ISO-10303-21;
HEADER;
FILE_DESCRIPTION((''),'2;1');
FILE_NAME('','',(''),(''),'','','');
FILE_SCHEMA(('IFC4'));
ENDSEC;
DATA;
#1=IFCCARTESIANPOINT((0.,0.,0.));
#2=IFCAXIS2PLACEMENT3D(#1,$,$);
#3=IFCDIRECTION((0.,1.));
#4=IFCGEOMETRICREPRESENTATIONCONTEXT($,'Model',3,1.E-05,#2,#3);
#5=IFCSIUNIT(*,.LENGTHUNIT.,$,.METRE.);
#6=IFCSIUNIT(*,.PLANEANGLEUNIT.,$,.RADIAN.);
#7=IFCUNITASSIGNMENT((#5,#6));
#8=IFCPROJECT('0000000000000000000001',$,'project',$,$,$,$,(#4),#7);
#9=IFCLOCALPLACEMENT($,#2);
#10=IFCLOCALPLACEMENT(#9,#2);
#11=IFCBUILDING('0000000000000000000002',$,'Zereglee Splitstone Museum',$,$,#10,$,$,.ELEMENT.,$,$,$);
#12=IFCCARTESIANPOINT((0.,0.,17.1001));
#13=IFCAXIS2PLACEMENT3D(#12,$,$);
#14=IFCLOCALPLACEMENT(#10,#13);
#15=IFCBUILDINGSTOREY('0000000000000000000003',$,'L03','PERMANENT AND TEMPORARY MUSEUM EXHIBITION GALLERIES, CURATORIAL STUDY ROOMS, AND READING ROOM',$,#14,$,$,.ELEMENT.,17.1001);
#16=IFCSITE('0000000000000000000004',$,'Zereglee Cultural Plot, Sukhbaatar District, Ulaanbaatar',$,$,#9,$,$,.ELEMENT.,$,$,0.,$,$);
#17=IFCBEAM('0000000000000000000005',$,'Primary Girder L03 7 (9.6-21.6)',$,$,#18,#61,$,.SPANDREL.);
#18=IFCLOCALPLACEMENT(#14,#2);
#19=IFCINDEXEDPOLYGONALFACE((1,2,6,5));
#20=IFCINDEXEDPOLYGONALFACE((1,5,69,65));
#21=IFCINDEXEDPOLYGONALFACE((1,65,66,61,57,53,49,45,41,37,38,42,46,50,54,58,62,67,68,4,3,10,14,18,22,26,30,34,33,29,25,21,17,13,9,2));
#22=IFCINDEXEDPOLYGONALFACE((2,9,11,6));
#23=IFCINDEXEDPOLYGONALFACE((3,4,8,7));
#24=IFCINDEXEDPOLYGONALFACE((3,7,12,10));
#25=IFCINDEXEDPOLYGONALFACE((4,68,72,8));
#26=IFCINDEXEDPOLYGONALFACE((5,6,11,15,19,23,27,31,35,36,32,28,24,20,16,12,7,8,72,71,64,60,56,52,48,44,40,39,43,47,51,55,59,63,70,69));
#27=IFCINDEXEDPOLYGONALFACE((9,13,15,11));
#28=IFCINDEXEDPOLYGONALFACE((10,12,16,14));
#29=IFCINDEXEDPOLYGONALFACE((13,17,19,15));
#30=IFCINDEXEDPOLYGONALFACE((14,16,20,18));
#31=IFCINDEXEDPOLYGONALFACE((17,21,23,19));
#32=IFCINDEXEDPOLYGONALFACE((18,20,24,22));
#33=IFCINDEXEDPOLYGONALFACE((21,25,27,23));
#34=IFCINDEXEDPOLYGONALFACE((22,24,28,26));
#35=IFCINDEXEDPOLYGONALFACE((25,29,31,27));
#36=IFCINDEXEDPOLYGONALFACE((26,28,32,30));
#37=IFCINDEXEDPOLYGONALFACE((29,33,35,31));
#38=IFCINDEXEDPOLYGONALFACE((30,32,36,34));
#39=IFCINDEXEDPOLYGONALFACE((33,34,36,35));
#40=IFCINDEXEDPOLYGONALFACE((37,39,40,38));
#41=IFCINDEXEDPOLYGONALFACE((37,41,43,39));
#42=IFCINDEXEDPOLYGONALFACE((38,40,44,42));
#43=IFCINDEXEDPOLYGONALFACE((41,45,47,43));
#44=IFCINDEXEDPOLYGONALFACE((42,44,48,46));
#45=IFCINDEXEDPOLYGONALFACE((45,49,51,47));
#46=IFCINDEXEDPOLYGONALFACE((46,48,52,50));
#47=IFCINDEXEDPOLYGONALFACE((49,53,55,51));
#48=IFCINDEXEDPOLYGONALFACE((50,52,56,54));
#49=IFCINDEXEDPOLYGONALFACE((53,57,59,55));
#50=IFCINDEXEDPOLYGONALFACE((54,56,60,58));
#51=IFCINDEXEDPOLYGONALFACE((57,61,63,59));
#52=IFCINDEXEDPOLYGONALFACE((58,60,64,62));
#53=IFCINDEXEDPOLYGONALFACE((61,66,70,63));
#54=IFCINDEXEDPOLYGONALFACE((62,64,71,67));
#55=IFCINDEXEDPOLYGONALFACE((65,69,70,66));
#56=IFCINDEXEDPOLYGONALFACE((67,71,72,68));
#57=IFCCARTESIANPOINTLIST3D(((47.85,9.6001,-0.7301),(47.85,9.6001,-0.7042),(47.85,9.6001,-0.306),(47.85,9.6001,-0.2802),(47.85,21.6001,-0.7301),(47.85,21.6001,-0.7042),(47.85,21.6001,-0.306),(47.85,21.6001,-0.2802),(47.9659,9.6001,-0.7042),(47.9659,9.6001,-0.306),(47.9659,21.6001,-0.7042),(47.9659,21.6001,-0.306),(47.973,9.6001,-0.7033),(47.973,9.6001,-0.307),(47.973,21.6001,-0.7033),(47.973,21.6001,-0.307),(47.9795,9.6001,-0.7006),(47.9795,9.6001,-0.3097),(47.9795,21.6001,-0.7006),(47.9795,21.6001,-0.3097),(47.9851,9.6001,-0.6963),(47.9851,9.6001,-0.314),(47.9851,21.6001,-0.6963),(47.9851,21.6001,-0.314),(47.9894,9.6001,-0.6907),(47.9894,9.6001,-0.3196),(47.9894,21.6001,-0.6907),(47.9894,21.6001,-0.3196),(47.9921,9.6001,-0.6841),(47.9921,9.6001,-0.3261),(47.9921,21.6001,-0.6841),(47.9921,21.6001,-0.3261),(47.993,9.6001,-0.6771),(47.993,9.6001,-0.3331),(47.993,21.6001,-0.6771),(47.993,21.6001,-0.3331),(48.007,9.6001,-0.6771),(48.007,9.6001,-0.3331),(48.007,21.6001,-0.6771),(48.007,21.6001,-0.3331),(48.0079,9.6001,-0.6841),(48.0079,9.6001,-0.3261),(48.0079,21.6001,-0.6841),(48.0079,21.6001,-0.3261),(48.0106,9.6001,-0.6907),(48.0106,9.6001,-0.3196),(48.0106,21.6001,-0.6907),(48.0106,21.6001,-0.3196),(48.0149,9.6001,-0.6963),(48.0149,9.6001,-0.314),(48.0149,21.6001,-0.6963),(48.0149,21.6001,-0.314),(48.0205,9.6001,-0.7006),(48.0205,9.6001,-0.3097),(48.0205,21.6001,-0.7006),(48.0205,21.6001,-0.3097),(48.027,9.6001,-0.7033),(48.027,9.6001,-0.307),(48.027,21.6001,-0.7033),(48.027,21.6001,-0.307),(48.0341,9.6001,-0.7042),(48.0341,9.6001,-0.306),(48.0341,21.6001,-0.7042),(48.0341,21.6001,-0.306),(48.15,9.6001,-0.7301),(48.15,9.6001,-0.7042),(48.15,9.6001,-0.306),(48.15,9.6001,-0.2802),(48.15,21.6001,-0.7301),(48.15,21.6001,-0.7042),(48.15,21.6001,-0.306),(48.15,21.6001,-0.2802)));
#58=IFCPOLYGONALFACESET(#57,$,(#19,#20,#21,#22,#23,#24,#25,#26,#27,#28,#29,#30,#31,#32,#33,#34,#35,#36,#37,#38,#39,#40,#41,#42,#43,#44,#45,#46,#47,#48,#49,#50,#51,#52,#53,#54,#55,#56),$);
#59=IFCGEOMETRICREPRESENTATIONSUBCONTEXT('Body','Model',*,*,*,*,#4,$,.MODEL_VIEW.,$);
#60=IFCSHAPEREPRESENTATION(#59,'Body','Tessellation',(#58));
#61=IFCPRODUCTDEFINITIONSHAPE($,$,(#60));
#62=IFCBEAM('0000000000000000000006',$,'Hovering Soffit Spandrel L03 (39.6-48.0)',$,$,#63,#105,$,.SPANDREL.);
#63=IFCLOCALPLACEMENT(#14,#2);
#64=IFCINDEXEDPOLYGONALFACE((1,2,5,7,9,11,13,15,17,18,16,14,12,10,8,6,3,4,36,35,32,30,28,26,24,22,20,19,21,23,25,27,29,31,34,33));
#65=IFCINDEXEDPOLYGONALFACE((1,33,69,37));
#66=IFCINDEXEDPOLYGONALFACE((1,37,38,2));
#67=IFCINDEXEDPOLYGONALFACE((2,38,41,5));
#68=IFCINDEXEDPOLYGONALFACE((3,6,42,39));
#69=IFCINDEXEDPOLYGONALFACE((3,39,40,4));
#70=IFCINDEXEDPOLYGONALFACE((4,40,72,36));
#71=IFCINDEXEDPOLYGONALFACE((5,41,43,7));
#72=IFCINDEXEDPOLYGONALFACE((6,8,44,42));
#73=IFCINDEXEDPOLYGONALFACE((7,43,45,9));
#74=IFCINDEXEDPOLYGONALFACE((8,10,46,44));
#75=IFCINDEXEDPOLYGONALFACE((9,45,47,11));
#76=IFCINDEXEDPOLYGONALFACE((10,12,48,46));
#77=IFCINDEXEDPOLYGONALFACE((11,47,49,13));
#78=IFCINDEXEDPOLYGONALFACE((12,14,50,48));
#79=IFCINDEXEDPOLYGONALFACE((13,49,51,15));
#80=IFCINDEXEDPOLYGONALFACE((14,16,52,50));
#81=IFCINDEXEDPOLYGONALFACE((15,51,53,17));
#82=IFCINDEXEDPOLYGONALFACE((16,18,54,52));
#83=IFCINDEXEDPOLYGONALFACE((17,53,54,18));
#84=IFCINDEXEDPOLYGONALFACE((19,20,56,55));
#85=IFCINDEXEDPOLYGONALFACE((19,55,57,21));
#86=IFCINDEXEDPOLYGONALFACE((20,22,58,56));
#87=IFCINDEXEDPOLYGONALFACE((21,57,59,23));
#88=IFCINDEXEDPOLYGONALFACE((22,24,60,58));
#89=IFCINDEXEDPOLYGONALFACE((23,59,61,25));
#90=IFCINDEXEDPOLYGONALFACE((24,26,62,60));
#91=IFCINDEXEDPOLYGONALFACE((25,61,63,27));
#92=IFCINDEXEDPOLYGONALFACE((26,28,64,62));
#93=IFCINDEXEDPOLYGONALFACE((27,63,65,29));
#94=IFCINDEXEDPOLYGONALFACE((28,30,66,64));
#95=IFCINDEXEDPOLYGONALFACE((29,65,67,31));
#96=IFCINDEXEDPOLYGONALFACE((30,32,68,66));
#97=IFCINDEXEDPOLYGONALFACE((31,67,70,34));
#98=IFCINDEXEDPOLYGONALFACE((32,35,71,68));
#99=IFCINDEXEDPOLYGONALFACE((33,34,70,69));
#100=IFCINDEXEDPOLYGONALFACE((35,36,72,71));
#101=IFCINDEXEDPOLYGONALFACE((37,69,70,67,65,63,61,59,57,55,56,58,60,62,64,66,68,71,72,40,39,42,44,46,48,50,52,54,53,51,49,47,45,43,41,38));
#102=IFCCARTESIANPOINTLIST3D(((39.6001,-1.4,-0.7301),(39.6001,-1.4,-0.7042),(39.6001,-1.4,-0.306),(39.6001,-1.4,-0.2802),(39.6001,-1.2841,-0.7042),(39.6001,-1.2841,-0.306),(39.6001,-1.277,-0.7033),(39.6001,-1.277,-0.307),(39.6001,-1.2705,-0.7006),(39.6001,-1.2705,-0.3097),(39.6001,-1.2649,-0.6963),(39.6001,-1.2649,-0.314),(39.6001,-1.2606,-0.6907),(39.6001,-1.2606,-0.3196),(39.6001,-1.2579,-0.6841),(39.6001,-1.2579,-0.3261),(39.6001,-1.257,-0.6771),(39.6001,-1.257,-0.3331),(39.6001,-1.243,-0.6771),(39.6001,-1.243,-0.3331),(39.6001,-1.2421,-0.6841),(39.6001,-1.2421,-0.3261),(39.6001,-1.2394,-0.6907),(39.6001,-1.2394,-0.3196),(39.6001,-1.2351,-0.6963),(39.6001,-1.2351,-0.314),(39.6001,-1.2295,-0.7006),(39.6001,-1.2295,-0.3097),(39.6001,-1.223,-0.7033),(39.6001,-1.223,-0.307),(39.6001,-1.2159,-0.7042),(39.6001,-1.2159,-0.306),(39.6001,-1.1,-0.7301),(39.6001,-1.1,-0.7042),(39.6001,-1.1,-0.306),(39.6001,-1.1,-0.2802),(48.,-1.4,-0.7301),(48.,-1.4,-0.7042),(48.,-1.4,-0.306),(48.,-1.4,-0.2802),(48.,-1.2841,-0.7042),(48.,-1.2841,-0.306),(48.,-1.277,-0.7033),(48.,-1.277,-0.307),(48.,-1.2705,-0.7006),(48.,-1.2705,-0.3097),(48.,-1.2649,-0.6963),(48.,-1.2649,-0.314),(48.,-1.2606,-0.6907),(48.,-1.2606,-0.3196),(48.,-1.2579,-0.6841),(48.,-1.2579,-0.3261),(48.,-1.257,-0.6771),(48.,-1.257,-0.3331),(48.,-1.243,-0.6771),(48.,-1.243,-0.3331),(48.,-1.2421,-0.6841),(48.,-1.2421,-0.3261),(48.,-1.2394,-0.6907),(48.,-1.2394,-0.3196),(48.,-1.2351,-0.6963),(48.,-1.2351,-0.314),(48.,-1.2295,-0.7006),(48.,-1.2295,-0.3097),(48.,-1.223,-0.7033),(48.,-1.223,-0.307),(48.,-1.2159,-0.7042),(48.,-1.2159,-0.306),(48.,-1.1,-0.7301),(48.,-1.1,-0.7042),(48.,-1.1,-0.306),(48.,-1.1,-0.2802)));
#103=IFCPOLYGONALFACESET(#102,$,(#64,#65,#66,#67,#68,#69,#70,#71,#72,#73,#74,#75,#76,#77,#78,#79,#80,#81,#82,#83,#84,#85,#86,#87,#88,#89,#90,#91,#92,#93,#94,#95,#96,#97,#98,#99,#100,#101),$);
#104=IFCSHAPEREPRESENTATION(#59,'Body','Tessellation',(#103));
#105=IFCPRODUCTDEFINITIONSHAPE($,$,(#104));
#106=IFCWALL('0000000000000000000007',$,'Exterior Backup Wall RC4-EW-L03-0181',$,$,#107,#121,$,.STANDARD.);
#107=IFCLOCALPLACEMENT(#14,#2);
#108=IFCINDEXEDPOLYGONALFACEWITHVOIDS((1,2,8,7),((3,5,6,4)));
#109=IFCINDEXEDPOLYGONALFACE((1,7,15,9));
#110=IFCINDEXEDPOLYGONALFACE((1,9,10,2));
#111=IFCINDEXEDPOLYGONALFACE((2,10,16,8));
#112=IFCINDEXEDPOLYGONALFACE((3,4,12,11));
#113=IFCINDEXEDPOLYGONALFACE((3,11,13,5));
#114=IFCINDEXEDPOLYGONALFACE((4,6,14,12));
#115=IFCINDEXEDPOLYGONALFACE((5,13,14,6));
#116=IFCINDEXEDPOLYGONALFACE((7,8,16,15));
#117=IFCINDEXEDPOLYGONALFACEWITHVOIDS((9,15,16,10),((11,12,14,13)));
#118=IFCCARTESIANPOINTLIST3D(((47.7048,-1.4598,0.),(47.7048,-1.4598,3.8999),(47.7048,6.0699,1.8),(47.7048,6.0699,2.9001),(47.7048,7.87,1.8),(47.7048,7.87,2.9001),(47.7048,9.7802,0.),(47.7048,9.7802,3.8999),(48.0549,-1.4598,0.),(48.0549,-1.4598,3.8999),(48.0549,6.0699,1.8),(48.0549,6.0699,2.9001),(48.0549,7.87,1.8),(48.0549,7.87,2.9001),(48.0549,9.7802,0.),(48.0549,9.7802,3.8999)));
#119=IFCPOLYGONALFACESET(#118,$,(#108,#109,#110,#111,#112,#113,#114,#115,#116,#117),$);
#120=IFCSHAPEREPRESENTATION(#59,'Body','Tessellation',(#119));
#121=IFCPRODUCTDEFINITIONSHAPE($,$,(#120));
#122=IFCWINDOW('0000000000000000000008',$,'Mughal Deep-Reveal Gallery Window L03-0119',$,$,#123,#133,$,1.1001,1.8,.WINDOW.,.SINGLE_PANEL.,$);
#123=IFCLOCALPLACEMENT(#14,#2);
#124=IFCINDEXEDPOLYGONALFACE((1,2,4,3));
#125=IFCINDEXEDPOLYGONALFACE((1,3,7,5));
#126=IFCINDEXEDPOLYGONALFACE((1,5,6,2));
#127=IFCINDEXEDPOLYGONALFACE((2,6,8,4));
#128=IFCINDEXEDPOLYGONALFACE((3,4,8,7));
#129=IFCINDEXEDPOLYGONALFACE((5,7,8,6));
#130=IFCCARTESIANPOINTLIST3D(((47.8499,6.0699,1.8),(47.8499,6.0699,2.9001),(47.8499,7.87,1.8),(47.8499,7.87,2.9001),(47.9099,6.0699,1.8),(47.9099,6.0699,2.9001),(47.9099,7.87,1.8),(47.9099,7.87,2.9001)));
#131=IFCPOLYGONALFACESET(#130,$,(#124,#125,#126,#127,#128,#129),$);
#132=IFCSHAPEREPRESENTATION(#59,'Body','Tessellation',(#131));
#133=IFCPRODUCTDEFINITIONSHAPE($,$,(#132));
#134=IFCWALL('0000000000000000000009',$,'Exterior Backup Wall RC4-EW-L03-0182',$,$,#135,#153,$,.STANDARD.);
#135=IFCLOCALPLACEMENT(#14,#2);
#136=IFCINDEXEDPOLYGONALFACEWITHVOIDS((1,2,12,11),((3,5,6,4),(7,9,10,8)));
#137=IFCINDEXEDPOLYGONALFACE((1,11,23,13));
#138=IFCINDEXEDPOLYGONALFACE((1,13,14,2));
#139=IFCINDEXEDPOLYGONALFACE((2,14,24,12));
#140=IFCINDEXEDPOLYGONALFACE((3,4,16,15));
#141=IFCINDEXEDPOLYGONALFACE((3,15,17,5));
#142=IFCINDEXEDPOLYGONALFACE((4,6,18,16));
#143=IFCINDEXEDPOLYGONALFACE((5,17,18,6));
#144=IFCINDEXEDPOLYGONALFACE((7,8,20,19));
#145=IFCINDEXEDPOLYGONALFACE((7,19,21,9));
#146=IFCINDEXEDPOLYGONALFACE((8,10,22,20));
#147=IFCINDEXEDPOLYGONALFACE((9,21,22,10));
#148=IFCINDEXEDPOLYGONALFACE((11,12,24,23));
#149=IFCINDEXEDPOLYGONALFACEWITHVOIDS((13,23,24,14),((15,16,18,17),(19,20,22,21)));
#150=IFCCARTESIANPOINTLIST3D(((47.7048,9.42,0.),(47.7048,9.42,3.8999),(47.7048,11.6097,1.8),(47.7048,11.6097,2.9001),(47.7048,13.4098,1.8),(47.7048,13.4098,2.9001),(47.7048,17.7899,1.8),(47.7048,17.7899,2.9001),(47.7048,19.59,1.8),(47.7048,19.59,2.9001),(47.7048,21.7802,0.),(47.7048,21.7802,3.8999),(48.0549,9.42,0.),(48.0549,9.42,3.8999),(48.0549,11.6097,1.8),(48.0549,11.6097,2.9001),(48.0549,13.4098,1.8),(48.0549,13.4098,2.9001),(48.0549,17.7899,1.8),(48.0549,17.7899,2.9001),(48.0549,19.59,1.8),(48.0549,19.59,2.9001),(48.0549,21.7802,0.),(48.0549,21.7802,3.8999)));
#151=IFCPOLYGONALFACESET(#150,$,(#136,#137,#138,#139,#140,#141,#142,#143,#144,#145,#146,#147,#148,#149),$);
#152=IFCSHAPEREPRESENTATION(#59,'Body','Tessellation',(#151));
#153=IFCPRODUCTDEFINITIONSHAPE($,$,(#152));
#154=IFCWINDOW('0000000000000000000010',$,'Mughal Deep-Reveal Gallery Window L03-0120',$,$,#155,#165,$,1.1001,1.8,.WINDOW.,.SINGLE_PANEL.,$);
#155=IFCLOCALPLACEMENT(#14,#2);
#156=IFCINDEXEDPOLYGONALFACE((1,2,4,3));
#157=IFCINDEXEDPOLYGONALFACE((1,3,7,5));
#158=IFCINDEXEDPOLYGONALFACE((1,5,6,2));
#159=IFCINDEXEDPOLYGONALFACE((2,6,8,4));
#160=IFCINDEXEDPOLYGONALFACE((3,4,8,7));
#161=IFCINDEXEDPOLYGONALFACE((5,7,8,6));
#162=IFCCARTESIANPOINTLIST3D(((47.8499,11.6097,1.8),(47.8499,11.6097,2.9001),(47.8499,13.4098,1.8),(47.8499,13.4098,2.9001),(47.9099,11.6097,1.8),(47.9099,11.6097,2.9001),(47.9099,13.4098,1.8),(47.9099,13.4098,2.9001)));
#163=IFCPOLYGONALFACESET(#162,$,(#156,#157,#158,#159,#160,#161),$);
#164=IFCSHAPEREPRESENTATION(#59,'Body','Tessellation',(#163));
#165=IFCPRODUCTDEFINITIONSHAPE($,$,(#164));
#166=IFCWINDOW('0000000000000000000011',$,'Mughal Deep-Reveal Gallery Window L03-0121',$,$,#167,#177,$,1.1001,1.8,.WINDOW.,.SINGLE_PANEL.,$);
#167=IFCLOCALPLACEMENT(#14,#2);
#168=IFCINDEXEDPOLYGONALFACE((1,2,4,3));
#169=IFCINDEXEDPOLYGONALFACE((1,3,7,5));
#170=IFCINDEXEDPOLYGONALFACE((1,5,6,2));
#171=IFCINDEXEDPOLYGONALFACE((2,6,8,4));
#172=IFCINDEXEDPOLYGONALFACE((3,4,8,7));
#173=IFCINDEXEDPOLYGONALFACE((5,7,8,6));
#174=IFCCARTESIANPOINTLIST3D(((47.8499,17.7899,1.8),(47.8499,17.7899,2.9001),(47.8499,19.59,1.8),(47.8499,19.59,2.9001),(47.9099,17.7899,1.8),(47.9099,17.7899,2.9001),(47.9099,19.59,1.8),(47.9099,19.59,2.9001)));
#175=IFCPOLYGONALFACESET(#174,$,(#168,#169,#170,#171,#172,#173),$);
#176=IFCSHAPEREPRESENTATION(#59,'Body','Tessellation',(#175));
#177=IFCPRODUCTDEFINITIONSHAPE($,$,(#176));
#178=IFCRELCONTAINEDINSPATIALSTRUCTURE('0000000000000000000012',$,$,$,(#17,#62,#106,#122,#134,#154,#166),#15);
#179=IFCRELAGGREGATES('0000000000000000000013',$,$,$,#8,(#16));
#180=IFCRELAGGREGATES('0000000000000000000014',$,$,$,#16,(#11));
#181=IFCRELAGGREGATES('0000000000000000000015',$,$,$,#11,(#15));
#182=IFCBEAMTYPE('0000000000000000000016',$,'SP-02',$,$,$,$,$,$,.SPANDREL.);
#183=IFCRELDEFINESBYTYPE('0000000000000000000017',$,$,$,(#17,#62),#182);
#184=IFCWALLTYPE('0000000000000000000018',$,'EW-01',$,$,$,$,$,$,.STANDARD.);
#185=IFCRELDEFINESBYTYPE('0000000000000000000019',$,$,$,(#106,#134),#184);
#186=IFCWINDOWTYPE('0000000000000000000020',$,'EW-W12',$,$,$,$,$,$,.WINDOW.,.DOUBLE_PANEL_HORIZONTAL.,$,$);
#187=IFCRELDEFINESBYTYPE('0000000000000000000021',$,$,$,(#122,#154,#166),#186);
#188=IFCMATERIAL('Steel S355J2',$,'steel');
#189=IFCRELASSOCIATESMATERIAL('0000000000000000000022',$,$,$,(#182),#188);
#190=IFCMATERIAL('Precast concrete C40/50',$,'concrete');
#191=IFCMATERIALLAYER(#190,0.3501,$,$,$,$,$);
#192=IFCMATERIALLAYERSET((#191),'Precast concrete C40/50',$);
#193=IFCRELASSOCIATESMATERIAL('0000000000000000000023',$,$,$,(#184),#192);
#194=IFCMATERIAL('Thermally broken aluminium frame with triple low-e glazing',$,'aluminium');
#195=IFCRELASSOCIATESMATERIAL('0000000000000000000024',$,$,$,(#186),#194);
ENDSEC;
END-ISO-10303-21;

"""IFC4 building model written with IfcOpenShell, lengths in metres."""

from ifc_helpers import new_model, si_unit, direction, frame, frame_2d, origin, origin_2d, place, context, subcontext, project, spatial, rectangle, i_section, extrude, material, layer, layer_set, material_profile, profile_set, type_object, element, fill, save


model = new_model("IFC4")

# Units and contexts
model_context = context("Model", 3, precision=1e-05, world=origin(), true_north=direction((0.0, 1.0)))
body_context = subcontext(model_context, "Body", "Model", "MODEL_VIEW")
ifc_project = project(units=[si_unit("LENGTHUNIT", "METRE"), si_unit("PLANEANGLEUNIT", "RADIAN")], contexts=[model_context])

# Site, building, storey
site_placement = place(None, origin())
site = spatial("IfcSite", under=ifc_project, at=site_placement, Name="Zereglee Cultural Plot, Sukhbaatar District, Ulaanbaatar", CompositionType="ELEMENT", RefElevation=0.0)
building_placement = place(site_placement, origin())
building = spatial("IfcBuilding", under=site, at=building_placement, Name="Zereglee Splitstone Museum", CompositionType="ELEMENT")
storey_placement = place(building_placement, frame((0.0, 0.0, 17.1001)))
storey = spatial("IfcBuildingStorey", under=building, at=storey_placement, Name="L03", Description="PERMANENT AND TEMPORARY MUSEUM EXHIBITION GALLERIES, CURATORIAL STUDY ROOMS, AND READING ROOM", CompositionType="ELEMENT", Elevation=17.1001)

# Shared definitions
ifc_material_1 = material(Name="Steel S355J2", Category="steel")

# Beams
ifc_material_profile_1 = material_profile(ifc_material_1, i_section(OverallWidth=0.3, OverallDepth=0.45, WebThickness=0.0139, FlangeThickness=0.0259, FilletRadius=0.0271, at=origin_2d()), Name="HE 450 B")
ifc_profile_set_1 = profile_set([ifc_material_profile_1], Name="Steel S355J2")
beam_type_1 = type_object("IfcBeamType", Name="SP-02", PredefinedType="SPANDREL", material=ifc_profile_set_1)
beam_1_placement = place(storey_placement, frame((48.0, 9.6001, -0.5051), z_axis=(0.0, 1.0, 0.0), x_axis=(-1.0, 0.0, 0.0)))
element("IfcBeam", 1, at=beam_1_placement, inside=storey, type_object=beam_type_1, Name="Primary Girder L03 7 (9.6-21.6)", PredefinedType="SPANDREL", context=body_context, shape_type="SweptSolid", body=[
    extrude(i_section(OverallWidth=0.3, OverallDepth=0.45, WebThickness=0.0139, FlangeThickness=0.0259, FilletRadius=0.0271, at=origin_2d()), origin(), (0.0, 0.0, 1.0), 12.0),
])
beam_2_placement = place(storey_placement, frame((39.6001, -1.25, -0.5051), z_axis=(1.0, 0.0, 0.0), x_axis=(0.0, 1.0, 0.0)))
element("IfcBeam", 2, at=beam_2_placement, inside=storey, type_object=beam_type_1, Name="Hovering Soffit Spandrel L03 (39.6-48.0)", PredefinedType="SPANDREL", context=body_context, shape_type="SweptSolid", body=[
    extrude(i_section(OverallWidth=0.3, OverallDepth=0.45, WebThickness=0.0139, FlangeThickness=0.0259, FilletRadius=0.0271, at=origin_2d()), origin(), (0.0, 0.0, 1.0), 8.3999),
])

# Wall, opening, window
ifc_material_2 = material(Name="Precast concrete C40/50", Category="concrete")
ifc_layer_1 = layer(ifc_material_2, 0.3501)
ifc_layer_set_1 = layer_set([ifc_layer_1], Name="Precast concrete C40/50")
wall_type_1 = type_object("IfcWallType", Name="EW-01", PredefinedType="STANDARD", material=ifc_layer_set_1)
wall_1_placement = place(storey_placement, frame((47.8799, -1.46, 0.0), z_axis=(0.0, 0.0, 1.0), x_axis=(0.0, 1.0, 0.0)))
wall_1 = element("IfcWall", 3, at=wall_1_placement, inside=storey, type_object=wall_type_1, Name="Exterior Backup Wall RC4-EW-L03-0181", PredefinedType="STANDARD", context=body_context, shape_type="SweptSolid", body=[
    extrude(rectangle(XDim=11.24, YDim=0.3501, at=frame_2d((5.6201, 0.0))), origin(), (0.0, 0.0, 1.0), 3.8999),
])
opening_1_placement = place(wall_1_placement, frame((7.53, 0.0, 1.8)))
opening_1 = element("IfcOpeningElement", 4, at=opening_1_placement, cuts=wall_1, PredefinedType="OPENING", context=body_context, shape_type="SweptSolid", body=[
    extrude(rectangle(XDim=1.8, YDim=1.1001, at=frame_2d((0.8999, 0.55))), frame((0.0, 0.1899, 0.0), z_axis=(0.0, -1.0, 0.0), x_axis=(1.0, 0.0, 0.0)), (0.0, 0.0, 1.0), 0.3799),
])
ifc_material_3 = material(Name="Thermally broken aluminium frame with triple low-e glazing", Category="aluminium")
window_type = type_object("IfcWindowType", Name="EW-W12", PartitioningType="DOUBLE_PANEL_HORIZONTAL", PredefinedType="WINDOW", material=ifc_material_3)
window_1_placement = place(opening_1_placement, origin())
window_1 = element("IfcWindow", 5, at=window_1_placement, inside=storey, type_object=window_type, Name="Mughal Deep-Reveal Gallery Window L03-0119", OverallHeight=1.1001, OverallWidth=1.8, PartitioningType="SINGLE_PANEL", PredefinedType="WINDOW", context=body_context, shape_type="SweptSolid", body=[
    extrude(rectangle(XDim=1.8, YDim=1.1001, at=frame_2d((0.8999, 0.55))), frame((0.0, 0.03, 0.0), z_axis=(0.0, -1.0, 0.0), x_axis=(1.0, 0.0, 0.0)), (0.0, 0.0, 1.0), 0.0601),
])
fill(opening_1, window_1)

# Wall, openings, windows
wall_2_placement = place(storey_placement, frame((47.8799, 9.4199, 0.0), z_axis=(0.0, 0.0, 1.0), x_axis=(0.0, 1.0, 0.0)))
wall_2 = element("IfcWall", 6, at=wall_2_placement, inside=storey, type_object=wall_type_1, Name="Exterior Backup Wall RC4-EW-L03-0182", PredefinedType="STANDARD", context=body_context, shape_type="SweptSolid", body=[
    extrude(rectangle(XDim=12.3601, YDim=0.3501, at=frame_2d((6.1802, 0.0))), origin(), (0.0, 0.0, 1.0), 3.8999),
])
opening_2_placement = place(wall_2_placement, frame((2.1899, 0.0, 1.8)))
opening_2 = element("IfcOpeningElement", 7, at=opening_2_placement, cuts=wall_2, PredefinedType="OPENING", context=body_context, shape_type="SweptSolid", body=[
    extrude(rectangle(XDim=1.8, YDim=1.1001, at=frame_2d((0.8999, 0.55))), frame((0.0, 0.1899, 0.0), z_axis=(0.0, -1.0, 0.0), x_axis=(1.0, 0.0, 0.0)), (0.0, 0.0, 1.0), 0.3799),
])
opening_3_placement = place(wall_2_placement, frame((8.3701, 0.0, 1.8)))
opening_3 = element("IfcOpeningElement", 8, at=opening_3_placement, cuts=wall_2, PredefinedType="OPENING", context=body_context, shape_type="SweptSolid", body=[
    extrude(rectangle(XDim=1.8, YDim=1.1001, at=frame_2d((0.8999, 0.55))), frame((0.0, 0.1899, 0.0), z_axis=(0.0, -1.0, 0.0), x_axis=(1.0, 0.0, 0.0)), (0.0, 0.0, 1.0), 0.3799),
])
window_2_placement = place(opening_2_placement, origin())
window_2 = element("IfcWindow", 9, at=window_2_placement, inside=storey, type_object=window_type, Name="Mughal Deep-Reveal Gallery Window L03-0120", OverallHeight=1.1001, OverallWidth=1.8, PartitioningType="SINGLE_PANEL", PredefinedType="WINDOW", context=body_context, shape_type="SweptSolid", body=[
    extrude(rectangle(XDim=1.8, YDim=1.1001, at=frame_2d((0.8999, 0.55))), frame((0.0, 0.03, 0.0), z_axis=(0.0, -1.0, 0.0), x_axis=(1.0, 0.0, 0.0)), (0.0, 0.0, 1.0), 0.0601),
])
fill(opening_2, window_2)
window_3_placement = place(opening_3_placement, origin())
window_3 = element("IfcWindow", 10, at=window_3_placement, inside=storey, type_object=window_type, Name="Mughal Deep-Reveal Gallery Window L03-0121", OverallHeight=1.1001, OverallWidth=1.8, PartitioningType="SINGLE_PANEL", PredefinedType="WINDOW", context=body_context, shape_type="SweptSolid", body=[
    extrude(rectangle(XDim=1.8, YDim=1.1001, at=frame_2d((0.8999, 0.55))), frame((0.0, 0.03, 0.0), z_axis=(0.0, -1.0, 0.0), x_axis=(1.0, 0.0, 0.0)), (0.0, 0.0, 1.0), 0.0601),
])
fill(opening_3, window_3)

save(model, "model.ifc")
